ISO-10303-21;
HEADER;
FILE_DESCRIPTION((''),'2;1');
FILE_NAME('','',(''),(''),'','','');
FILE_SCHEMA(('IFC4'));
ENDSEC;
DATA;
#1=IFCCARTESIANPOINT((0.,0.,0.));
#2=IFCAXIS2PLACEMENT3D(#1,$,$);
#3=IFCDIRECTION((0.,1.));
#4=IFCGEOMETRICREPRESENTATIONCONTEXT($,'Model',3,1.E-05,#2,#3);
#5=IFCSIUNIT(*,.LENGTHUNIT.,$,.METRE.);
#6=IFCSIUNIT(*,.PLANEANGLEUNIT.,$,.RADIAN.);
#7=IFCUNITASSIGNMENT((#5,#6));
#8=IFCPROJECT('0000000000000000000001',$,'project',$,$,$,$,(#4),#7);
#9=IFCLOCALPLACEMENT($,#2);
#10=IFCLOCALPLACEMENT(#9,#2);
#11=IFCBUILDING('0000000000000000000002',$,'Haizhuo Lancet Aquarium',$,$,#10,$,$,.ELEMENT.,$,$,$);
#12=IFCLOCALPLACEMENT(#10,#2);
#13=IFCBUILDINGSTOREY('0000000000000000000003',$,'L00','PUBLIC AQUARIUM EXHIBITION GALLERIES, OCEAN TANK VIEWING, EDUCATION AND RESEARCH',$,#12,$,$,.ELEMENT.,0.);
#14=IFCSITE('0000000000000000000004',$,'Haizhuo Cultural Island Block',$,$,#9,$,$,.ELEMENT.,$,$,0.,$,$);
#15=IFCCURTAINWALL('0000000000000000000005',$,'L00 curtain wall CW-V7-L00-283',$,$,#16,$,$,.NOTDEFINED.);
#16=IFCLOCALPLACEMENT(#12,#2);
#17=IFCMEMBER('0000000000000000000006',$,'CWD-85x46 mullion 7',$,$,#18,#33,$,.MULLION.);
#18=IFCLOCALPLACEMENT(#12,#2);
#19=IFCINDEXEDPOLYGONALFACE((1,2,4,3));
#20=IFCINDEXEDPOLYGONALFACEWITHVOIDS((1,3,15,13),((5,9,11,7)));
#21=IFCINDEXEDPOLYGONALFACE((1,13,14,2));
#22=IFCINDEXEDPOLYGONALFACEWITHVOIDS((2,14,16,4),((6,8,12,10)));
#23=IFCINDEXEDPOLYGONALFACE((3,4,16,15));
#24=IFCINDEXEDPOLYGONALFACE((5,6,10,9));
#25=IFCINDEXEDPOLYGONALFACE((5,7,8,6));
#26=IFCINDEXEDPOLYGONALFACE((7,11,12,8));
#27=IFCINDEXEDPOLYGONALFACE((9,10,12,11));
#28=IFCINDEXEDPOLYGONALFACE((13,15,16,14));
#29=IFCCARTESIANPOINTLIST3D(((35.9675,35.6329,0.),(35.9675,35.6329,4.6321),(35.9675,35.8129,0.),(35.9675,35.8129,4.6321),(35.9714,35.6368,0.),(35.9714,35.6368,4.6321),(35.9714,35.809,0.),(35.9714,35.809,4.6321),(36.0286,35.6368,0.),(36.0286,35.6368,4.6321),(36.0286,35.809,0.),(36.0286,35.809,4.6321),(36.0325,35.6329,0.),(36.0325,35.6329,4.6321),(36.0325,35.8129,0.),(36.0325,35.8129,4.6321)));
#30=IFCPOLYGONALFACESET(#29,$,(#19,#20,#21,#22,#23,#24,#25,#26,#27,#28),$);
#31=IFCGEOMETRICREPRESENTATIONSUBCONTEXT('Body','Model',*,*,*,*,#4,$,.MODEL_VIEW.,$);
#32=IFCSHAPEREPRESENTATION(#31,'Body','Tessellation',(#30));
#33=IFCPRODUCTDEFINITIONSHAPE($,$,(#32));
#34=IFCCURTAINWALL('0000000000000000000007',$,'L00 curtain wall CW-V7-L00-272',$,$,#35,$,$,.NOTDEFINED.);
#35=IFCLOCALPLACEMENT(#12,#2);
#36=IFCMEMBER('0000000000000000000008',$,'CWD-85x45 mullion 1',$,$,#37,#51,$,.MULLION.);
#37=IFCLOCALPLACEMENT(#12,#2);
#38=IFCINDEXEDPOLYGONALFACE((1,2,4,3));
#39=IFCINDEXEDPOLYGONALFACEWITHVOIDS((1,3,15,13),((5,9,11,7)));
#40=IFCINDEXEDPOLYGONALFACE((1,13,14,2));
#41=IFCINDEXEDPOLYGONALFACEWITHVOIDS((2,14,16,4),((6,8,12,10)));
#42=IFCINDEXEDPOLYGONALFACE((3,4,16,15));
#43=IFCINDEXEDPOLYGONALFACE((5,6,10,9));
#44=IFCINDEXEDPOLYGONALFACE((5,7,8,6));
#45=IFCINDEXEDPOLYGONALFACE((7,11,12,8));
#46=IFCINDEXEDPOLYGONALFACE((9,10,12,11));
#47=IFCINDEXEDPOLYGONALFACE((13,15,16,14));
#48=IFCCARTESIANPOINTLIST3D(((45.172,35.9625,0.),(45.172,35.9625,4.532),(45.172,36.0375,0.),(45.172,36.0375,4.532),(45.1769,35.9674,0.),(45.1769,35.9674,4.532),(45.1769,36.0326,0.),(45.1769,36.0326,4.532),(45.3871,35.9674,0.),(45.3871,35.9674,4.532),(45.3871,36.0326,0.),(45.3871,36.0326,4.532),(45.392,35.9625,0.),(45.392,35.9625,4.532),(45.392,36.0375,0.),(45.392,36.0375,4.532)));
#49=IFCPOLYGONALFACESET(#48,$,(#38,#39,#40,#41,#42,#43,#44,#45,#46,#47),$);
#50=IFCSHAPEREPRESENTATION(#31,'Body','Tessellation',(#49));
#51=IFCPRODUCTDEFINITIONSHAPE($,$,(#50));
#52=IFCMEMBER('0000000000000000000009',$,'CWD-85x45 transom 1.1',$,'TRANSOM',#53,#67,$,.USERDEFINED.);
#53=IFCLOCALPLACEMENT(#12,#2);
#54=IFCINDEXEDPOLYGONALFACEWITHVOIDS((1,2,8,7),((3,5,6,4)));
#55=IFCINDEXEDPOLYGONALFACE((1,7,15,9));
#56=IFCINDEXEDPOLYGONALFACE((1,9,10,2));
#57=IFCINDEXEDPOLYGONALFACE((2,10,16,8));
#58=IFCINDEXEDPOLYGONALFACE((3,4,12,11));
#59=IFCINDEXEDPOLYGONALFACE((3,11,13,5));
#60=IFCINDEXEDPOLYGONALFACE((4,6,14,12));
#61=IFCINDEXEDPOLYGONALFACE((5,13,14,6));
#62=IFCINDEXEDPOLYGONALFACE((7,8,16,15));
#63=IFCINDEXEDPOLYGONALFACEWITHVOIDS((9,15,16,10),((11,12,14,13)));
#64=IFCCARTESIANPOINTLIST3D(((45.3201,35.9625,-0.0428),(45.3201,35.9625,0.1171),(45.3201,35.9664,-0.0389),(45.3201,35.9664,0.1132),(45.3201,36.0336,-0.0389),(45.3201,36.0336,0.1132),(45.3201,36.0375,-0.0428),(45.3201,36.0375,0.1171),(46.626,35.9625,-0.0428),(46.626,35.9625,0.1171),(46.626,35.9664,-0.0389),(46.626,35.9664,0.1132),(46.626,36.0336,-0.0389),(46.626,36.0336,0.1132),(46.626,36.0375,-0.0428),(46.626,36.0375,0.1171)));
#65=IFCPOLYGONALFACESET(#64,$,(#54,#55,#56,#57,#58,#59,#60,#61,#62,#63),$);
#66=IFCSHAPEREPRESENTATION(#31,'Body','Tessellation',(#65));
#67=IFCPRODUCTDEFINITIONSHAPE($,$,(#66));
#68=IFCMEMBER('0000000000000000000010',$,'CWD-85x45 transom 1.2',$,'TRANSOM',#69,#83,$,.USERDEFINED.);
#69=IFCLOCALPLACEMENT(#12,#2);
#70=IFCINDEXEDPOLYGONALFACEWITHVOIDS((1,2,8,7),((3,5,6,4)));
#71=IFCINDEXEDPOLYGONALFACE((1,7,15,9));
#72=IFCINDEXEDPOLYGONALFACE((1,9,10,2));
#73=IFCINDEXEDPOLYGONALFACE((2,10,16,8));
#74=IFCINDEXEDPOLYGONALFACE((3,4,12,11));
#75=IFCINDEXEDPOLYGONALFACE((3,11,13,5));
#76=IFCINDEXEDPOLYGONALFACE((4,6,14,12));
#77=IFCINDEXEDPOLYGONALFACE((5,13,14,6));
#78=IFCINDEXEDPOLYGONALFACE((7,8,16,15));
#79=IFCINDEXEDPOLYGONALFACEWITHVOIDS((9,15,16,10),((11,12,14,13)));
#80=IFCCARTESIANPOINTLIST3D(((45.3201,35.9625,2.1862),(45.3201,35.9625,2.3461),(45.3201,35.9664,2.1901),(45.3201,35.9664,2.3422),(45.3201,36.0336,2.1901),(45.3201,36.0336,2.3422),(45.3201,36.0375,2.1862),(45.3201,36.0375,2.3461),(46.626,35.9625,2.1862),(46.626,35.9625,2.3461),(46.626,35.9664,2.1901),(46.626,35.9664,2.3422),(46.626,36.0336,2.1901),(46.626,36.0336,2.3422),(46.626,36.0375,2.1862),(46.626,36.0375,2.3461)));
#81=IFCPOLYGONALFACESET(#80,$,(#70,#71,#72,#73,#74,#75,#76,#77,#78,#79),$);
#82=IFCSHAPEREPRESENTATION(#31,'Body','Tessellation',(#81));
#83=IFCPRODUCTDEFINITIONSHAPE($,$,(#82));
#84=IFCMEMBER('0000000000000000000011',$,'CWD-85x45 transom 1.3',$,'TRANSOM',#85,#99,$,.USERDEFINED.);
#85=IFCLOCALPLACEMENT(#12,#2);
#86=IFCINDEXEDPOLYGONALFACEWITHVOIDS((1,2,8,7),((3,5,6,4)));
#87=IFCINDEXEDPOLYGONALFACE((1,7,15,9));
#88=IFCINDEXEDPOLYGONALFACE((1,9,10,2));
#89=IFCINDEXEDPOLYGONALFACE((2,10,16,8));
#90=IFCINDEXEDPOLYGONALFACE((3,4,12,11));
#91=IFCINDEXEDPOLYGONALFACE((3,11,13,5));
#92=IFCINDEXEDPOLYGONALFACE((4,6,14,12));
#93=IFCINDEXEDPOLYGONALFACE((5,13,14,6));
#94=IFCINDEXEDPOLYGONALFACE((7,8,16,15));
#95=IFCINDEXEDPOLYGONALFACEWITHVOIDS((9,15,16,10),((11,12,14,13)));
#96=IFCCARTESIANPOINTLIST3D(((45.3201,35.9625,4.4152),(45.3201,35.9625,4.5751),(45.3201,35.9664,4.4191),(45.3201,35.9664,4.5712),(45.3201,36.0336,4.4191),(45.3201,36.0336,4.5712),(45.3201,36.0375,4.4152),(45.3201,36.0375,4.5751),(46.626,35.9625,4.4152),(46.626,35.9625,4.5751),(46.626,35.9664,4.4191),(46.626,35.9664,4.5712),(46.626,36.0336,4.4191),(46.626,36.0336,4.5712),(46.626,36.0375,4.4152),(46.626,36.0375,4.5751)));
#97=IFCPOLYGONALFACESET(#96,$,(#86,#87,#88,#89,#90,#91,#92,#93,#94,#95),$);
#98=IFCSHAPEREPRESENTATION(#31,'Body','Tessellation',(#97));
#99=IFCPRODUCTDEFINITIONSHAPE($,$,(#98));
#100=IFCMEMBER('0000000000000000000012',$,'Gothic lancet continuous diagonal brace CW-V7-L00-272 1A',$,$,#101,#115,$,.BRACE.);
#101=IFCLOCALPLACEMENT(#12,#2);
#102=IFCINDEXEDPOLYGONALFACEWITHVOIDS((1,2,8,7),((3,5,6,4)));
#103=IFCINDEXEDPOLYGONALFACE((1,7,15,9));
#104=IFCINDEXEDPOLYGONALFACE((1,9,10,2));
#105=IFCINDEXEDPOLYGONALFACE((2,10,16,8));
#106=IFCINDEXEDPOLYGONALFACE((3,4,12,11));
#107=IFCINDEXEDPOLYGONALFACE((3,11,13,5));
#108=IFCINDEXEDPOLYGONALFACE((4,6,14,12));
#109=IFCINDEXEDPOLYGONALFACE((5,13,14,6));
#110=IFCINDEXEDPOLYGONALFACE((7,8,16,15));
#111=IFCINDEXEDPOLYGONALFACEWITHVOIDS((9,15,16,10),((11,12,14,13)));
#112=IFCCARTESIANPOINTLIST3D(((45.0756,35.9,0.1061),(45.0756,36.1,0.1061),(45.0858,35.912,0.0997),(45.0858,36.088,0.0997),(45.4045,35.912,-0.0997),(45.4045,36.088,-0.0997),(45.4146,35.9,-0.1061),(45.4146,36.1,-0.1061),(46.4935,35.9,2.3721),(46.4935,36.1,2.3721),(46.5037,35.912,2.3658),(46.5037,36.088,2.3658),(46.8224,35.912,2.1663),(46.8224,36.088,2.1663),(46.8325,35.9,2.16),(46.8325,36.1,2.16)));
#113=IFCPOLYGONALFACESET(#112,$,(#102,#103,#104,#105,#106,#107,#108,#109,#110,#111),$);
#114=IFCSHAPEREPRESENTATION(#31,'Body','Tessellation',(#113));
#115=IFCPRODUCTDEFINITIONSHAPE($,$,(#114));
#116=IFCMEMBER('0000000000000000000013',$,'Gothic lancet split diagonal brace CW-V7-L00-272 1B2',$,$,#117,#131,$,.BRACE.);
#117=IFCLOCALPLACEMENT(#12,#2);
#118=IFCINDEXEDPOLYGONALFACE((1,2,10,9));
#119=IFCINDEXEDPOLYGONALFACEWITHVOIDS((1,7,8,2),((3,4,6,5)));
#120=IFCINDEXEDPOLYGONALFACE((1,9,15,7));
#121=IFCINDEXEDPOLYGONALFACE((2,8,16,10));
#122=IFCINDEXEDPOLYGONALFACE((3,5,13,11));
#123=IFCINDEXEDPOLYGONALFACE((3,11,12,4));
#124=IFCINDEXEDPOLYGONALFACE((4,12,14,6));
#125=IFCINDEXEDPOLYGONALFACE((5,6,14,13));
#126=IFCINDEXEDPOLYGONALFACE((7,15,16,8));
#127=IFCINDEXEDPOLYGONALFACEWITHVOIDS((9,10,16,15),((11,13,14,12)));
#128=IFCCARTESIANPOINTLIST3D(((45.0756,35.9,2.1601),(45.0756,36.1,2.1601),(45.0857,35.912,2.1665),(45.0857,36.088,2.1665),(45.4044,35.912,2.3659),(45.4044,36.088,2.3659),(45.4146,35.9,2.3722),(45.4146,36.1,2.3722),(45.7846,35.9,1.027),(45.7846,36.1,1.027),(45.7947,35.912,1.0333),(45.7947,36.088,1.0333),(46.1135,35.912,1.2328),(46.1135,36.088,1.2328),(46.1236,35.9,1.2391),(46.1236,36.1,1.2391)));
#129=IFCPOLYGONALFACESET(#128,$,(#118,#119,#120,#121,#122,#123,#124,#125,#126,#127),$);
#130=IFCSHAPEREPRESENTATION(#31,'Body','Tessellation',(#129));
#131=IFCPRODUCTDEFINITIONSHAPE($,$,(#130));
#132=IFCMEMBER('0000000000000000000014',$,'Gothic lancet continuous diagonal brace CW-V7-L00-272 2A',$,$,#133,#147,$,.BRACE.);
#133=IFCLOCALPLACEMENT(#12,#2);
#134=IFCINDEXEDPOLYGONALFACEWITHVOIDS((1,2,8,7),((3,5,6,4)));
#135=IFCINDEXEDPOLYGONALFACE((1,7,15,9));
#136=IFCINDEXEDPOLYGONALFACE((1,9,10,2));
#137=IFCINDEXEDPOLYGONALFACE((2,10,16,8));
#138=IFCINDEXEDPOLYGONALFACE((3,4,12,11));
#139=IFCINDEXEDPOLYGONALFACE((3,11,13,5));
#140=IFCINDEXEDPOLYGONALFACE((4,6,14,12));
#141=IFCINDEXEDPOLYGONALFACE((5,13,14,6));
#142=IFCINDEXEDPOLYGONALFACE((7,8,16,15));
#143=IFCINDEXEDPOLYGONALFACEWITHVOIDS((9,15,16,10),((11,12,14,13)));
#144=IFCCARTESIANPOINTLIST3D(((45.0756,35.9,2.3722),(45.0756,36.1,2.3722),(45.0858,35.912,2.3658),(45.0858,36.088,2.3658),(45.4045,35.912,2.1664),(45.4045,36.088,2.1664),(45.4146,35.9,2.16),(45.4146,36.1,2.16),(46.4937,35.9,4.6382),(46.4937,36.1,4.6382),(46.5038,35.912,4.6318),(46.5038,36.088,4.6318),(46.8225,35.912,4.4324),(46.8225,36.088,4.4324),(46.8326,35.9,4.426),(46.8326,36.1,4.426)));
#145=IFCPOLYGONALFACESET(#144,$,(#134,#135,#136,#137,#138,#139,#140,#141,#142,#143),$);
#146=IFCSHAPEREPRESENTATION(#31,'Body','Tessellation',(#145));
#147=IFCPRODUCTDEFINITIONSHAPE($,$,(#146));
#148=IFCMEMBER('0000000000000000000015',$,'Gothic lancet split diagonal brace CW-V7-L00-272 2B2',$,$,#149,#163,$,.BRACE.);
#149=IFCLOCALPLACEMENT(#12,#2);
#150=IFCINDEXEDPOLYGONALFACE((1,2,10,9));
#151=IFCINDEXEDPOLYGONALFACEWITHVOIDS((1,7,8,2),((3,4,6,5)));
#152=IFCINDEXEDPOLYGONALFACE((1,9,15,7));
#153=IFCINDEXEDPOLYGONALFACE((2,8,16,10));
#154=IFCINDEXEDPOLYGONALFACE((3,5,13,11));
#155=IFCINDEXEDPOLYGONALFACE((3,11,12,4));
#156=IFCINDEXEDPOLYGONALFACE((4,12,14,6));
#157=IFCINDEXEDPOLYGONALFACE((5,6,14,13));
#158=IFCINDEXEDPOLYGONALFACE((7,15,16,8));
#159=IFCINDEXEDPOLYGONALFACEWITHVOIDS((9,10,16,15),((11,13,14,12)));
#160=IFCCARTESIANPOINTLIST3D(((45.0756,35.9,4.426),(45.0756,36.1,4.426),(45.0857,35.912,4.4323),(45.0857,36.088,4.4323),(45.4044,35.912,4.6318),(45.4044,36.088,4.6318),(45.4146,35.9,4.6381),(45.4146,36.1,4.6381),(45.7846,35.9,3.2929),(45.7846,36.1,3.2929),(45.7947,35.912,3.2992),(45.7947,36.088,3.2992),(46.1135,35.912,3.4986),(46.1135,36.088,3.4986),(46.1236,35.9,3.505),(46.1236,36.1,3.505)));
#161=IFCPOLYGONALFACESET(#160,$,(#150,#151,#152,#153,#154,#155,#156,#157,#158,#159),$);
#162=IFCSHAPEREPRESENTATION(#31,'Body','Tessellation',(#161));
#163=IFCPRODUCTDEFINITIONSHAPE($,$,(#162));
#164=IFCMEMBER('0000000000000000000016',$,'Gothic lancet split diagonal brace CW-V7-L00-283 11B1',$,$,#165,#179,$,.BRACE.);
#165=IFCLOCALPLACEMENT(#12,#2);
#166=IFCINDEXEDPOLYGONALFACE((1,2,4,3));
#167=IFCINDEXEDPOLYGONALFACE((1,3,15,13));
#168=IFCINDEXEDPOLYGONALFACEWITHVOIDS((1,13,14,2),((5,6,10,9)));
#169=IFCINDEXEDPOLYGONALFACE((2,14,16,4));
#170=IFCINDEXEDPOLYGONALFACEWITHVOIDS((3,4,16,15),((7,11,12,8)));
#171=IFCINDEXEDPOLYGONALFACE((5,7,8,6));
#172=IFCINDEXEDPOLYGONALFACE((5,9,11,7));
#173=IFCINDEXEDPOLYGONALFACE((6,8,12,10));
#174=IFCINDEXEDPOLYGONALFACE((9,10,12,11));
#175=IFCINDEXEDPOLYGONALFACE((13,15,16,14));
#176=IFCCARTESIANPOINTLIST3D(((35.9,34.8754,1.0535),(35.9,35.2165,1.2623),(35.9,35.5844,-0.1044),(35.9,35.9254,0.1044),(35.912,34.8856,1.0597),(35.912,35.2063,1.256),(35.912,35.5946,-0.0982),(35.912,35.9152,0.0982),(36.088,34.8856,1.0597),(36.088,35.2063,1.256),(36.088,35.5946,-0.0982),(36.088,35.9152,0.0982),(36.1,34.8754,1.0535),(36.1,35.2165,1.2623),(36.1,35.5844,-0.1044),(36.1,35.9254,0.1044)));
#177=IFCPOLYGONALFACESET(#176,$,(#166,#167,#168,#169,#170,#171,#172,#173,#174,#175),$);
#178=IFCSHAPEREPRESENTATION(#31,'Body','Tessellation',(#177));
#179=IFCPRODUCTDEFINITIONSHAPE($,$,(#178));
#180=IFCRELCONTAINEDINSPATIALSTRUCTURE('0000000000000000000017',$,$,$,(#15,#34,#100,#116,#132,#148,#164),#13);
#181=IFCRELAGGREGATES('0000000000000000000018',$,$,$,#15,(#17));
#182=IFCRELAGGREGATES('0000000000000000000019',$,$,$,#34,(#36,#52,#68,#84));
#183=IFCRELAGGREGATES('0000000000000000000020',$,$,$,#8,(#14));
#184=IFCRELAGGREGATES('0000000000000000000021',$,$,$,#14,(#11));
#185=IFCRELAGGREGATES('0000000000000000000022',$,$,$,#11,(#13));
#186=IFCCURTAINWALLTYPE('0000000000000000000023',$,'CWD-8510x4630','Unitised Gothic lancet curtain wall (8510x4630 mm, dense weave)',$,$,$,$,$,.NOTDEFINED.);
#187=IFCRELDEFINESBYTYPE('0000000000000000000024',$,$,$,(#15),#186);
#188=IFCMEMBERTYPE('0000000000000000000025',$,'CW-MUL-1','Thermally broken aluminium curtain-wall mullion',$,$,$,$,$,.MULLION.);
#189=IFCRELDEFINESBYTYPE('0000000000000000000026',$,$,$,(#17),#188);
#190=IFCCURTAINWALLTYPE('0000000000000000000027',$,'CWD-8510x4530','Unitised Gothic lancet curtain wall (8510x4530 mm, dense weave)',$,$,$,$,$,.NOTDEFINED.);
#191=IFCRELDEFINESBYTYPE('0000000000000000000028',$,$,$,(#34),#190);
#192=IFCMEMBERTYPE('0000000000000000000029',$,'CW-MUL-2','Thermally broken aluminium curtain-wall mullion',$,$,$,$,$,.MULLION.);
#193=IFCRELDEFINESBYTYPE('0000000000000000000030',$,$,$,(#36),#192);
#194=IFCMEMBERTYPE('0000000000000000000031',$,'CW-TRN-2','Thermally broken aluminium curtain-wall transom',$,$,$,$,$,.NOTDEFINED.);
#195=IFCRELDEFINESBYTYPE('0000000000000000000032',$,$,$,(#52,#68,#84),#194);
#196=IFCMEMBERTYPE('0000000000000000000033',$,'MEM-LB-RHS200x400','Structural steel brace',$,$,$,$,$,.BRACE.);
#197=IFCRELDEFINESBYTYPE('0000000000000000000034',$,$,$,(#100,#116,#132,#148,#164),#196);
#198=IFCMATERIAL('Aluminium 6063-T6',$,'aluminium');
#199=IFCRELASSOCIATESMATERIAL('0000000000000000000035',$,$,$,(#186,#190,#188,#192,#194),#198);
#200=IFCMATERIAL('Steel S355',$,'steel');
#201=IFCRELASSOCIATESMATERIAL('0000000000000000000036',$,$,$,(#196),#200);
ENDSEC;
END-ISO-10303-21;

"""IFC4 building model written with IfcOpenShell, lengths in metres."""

from ifc_helpers import new_model, si_unit, direction, frame, origin, origin_2d, place, context, subcontext, project, spatial, hollow_rectangle, extrude, material, material_profile, profile_set, type_object, element, aggregate, save


model = new_model("IFC4")

# Units and contexts
model_context = context("Model", 3, precision=1e-05, world=origin(), true_north=direction((0.0, 1.0)))
body_context = subcontext(model_context, "Body", "Model", "MODEL_VIEW")
ifc_project = project(units=[si_unit("LENGTHUNIT", "METRE"), si_unit("PLANEANGLEUNIT", "RADIAN")], contexts=[model_context])

# Site, building, storey
site_placement = place(None, origin())
site = spatial("IfcSite", under=ifc_project, at=site_placement, Name="Haizhuo Cultural Island Block", CompositionType="ELEMENT", RefElevation=0.0)
building_placement = place(site_placement, origin())
building = spatial("IfcBuilding", under=site, at=building_placement, Name="Haizhuo Lancet Aquarium", CompositionType="ELEMENT")
storey_placement = place(building_placement, origin())
storey = spatial("IfcBuildingStorey", under=building, at=storey_placement, Name="L00", Description="PUBLIC AQUARIUM EXHIBITION GALLERIES, OCEAN TANK VIEWING, EDUCATION AND RESEARCH", CompositionType="ELEMENT", Elevation=0.0)

# Shared definitions
ifc_material_1 = material(Name="Steel S355", Category="steel")

# Curtain wall, member
ifc_material_2 = material(Name="Aluminium 6063-T6", Category="aluminium")
curtain_wall_type_1 = type_object("IfcCurtainWallType", Name="CWD-8510x4630", Description="Unitised Gothic lancet curtain wall (8510x4630 mm, dense weave)", PredefinedType="NOTDEFINED", material=ifc_material_2)
curtain_wall_1_placement = place(storey_placement, origin())
curtain_wall_1 = element("IfcCurtainWall", 1, at=curtain_wall_1_placement, inside=storey, type_object=curtain_wall_type_1, Name="L00 curtain wall CW-V7-L00-283", PredefinedType="NOTDEFINED")
ifc_material_profile_1 = material_profile(ifc_material_2, hollow_rectangle(XDim=0.0649, YDim=0.1799, WallThickness=0.0039, at=origin_2d()), Name="ALU-M 65x180x4")
ifc_profile_set_1 = profile_set([ifc_material_profile_1], Name="Aluminium 6063-T6")
member_type_1 = type_object("IfcMemberType", Name="CW-MUL-1", Description="Thermally broken aluminium curtain-wall mullion", PredefinedType="MULLION", material=ifc_profile_set_1)
member_1_placement = place(storey_placement, frame((36.0, 35.7229, 0.0), z_axis=(0.0, 0.0, 1.0), x_axis=(-1.0, 0.0, 0.0)))
member_1 = element("IfcMember", 2, at=member_1_placement, type_object=member_type_1, Name="CWD-85x46 mullion 7", PredefinedType="MULLION", context=body_context, shape_type="SweptSolid", body=[
    extrude(hollow_rectangle(XDim=0.0649, YDim=0.1799, WallThickness=0.0039, at=origin_2d()), origin(), (0.0, 0.0, 1.0), 4.6321),
])
aggregate(curtain_wall_1, [member_1])

# Curtain wall, members
curtain_wall_type_2 = type_object("IfcCurtainWallType", Name="CWD-8510x4530", Description="Unitised Gothic lancet curtain wall (8510x4530 mm, dense weave)", PredefinedType="NOTDEFINED", material=ifc_material_2)
curtain_wall_2_placement = place(storey_placement, origin())
curtain_wall_2 = element("IfcCurtainWall", 3, at=curtain_wall_2_placement, inside=storey, type_object=curtain_wall_type_2, Name="L00 curtain wall CW-V7-L00-272", PredefinedType="NOTDEFINED")
ifc_material_profile_2 = material_profile(ifc_material_2, hollow_rectangle(XDim=0.075, YDim=0.22, WallThickness=0.0049, at=origin_2d()), Name="ALU-M 75x220x5")
ifc_profile_set_2 = profile_set([ifc_material_profile_2], Name="Aluminium 6063-T6")
member_type_2 = type_object("IfcMemberType", Name="CW-MUL-2", Description="Thermally broken aluminium curtain-wall mullion", PredefinedType="MULLION", material=ifc_profile_set_2)
member_2_placement = place(storey_placement, frame((45.282, 36.0, 0.0), z_axis=(0.0, 0.0, 1.0), x_axis=(0.0, 1.0, 0.0)))
member_2 = element("IfcMember", 4, at=member_2_placement, type_object=member_type_2, Name="CWD-85x45 mullion 1", PredefinedType="MULLION", context=body_context, shape_type="SweptSolid", body=[
    extrude(hollow_rectangle(XDim=0.075, YDim=0.22, WallThickness=0.0049, at=origin_2d()), origin(), (0.0, 0.0, 1.0), 4.532),
])
ifc_material_profile_3 = material_profile(ifc_material_2, hollow_rectangle(XDim=0.075, YDim=0.1599, WallThickness=0.0039, at=origin_2d()), Name="ALU-T 75x160x4")
ifc_profile_set_3 = profile_set([ifc_material_profile_3], Name="Aluminium 6063-T6")
member_type_3 = type_object("IfcMemberType", Name="CW-TRN-2", Description="Thermally broken aluminium curtain-wall transom", PredefinedType="NOTDEFINED", material=ifc_profile_set_3)
member_3_placement = place(storey_placement, frame((45.3201, 36.0, 0.0371), z_axis=(1.0, 0.0, 0.0), x_axis=(0.0, 1.0, 0.0)))
member_3 = element("IfcMember", 5, at=member_3_placement, type_object=member_type_3, Name="CWD-85x45 transom 1.1", ObjectType="TRANSOM", PredefinedType="USERDEFINED", context=body_context, shape_type="SweptSolid", body=[
    extrude(hollow_rectangle(XDim=0.075, YDim=0.1599, WallThickness=0.0039, at=origin_2d()), origin(), (0.0, 0.0, 1.0), 1.3059),
])
member_4_placement = place(storey_placement, frame((45.3201, 36.0, 2.2661), z_axis=(1.0, 0.0, 0.0), x_axis=(0.0, 1.0, 0.0)))
member_4 = element("IfcMember", 6, at=member_4_placement, type_object=member_type_3, Name="CWD-85x45 transom 1.2", ObjectType="TRANSOM", PredefinedType="USERDEFINED", context=body_context, shape_type="SweptSolid", body=[
    extrude(hollow_rectangle(XDim=0.075, YDim=0.1599, WallThickness=0.0039, at=origin_2d()), origin(), (0.0, 0.0, 1.0), 1.3059),
])
member_5_placement = place(storey_placement, frame((45.3201, 36.0, 4.4951), z_axis=(1.0, 0.0, 0.0), x_axis=(0.0, 1.0, 0.0)))
member_5 = element("IfcMember", 7, at=member_5_placement, type_object=member_type_3, Name="CWD-85x45 transom 1.3", ObjectType="TRANSOM", PredefinedType="USERDEFINED", context=body_context, shape_type="SweptSolid", body=[
    extrude(hollow_rectangle(XDim=0.075, YDim=0.1599, WallThickness=0.0039, at=origin_2d()), origin(), (0.0, 0.0, 1.0), 1.3059),
])
aggregate(curtain_wall_2, [member_2, member_3, member_4, member_5])

# Members
ifc_material_profile_4 = material_profile(ifc_material_1, hollow_rectangle(XDim=0.2, YDim=0.3999, WallThickness=0.012, at=origin_2d()), Name="RHS 200x400x12")
ifc_profile_set_4 = profile_set([ifc_material_profile_4], Name="Steel S355")
member_type_4 = type_object("IfcMemberType", Name="MEM-LB-RHS200x400", Description="Structural steel brace", PredefinedType="BRACE", material=ifc_profile_set_4)
member_6_placement = place(storey_placement, frame((45.2451, 36.0, 0.0), z_axis=(0.530442, 0.0, 0.847721), x_axis=(0.0, 1.0, 0.0)))
element("IfcMember", 8, at=member_6_placement, inside=storey, type_object=member_type_4, Name="Gothic lancet continuous diagonal brace CW-V7-L00-272 1A", PredefinedType="BRACE", context=body_context, shape_type="SweptSolid", body=[
    extrude(hollow_rectangle(XDim=0.2, YDim=0.3999, WallThickness=0.012, at=origin_2d()), origin(), (0.0, 0.0, 1.0), 2.6731),
])
member_7_placement = place(storey_placement, frame((45.9541, 36.0, 1.1331), z_axis=(-0.530442, 0.0, 0.847721), x_axis=(0.0, -1.0, 0.0)))
element("IfcMember", 9, at=member_7_placement, inside=storey, type_object=member_type_4, Name="Gothic lancet split diagonal brace CW-V7-L00-272 1B2", PredefinedType="BRACE", context=body_context, shape_type="SweptSolid", body=[
    extrude(hollow_rectangle(XDim=0.2, YDim=0.3999, WallThickness=0.012, at=origin_2d()), origin(), (0.0, 0.0, 1.0), 1.3367),
])
member_8_placement = place(storey_placement, frame((45.2451, 36.0, 2.2661), z_axis=(0.530483, 0.0, 0.847695), x_axis=(0.0, 1.0, 0.0)))
element("IfcMember", 10, at=member_8_placement, inside=storey, type_object=member_type_4, Name="Gothic lancet continuous diagonal brace CW-V7-L00-272 2A", PredefinedType="BRACE", context=body_context, shape_type="SweptSolid", body=[
    extrude(hollow_rectangle(XDim=0.2, YDim=0.3999, WallThickness=0.012, at=origin_2d()), origin(), (0.0, 0.0, 1.0), 2.6731),
])
member_9_placement = place(storey_placement, frame((45.9541, 36.0, 3.3989), z_axis=(-0.530442, 0.0, 0.847721), x_axis=(0.0, -1.0, 0.0)))
element("IfcMember", 11, at=member_9_placement, inside=storey, type_object=member_type_4, Name="Gothic lancet split diagonal brace CW-V7-L00-272 2B2", PredefinedType="BRACE", context=body_context, shape_type="SweptSolid", body=[
    extrude(hollow_rectangle(XDim=0.2, YDim=0.3999, WallThickness=0.012, at=origin_2d()), origin(), (0.0, 0.0, 1.0), 1.3367),
])
member_10_placement = place(storey_placement, frame((36.0, 35.7549, 0.0), z_axis=(0.0, -0.52217, 0.852841), x_axis=(1.0, 0.0, 0.0)))
element("IfcMember", 12, at=member_10_placement, inside=storey, type_object=member_type_4, Name="Gothic lancet split diagonal brace CW-V7-L00-283 11B1", PredefinedType="BRACE", context=body_context, shape_type="SweptSolid", body=[
    extrude(hollow_rectangle(XDim=0.2, YDim=0.3999, WallThickness=0.012, at=origin_2d()), origin(), (0.0, 0.0, 1.0), 1.3577),
])

save(model, "model.ifc")
